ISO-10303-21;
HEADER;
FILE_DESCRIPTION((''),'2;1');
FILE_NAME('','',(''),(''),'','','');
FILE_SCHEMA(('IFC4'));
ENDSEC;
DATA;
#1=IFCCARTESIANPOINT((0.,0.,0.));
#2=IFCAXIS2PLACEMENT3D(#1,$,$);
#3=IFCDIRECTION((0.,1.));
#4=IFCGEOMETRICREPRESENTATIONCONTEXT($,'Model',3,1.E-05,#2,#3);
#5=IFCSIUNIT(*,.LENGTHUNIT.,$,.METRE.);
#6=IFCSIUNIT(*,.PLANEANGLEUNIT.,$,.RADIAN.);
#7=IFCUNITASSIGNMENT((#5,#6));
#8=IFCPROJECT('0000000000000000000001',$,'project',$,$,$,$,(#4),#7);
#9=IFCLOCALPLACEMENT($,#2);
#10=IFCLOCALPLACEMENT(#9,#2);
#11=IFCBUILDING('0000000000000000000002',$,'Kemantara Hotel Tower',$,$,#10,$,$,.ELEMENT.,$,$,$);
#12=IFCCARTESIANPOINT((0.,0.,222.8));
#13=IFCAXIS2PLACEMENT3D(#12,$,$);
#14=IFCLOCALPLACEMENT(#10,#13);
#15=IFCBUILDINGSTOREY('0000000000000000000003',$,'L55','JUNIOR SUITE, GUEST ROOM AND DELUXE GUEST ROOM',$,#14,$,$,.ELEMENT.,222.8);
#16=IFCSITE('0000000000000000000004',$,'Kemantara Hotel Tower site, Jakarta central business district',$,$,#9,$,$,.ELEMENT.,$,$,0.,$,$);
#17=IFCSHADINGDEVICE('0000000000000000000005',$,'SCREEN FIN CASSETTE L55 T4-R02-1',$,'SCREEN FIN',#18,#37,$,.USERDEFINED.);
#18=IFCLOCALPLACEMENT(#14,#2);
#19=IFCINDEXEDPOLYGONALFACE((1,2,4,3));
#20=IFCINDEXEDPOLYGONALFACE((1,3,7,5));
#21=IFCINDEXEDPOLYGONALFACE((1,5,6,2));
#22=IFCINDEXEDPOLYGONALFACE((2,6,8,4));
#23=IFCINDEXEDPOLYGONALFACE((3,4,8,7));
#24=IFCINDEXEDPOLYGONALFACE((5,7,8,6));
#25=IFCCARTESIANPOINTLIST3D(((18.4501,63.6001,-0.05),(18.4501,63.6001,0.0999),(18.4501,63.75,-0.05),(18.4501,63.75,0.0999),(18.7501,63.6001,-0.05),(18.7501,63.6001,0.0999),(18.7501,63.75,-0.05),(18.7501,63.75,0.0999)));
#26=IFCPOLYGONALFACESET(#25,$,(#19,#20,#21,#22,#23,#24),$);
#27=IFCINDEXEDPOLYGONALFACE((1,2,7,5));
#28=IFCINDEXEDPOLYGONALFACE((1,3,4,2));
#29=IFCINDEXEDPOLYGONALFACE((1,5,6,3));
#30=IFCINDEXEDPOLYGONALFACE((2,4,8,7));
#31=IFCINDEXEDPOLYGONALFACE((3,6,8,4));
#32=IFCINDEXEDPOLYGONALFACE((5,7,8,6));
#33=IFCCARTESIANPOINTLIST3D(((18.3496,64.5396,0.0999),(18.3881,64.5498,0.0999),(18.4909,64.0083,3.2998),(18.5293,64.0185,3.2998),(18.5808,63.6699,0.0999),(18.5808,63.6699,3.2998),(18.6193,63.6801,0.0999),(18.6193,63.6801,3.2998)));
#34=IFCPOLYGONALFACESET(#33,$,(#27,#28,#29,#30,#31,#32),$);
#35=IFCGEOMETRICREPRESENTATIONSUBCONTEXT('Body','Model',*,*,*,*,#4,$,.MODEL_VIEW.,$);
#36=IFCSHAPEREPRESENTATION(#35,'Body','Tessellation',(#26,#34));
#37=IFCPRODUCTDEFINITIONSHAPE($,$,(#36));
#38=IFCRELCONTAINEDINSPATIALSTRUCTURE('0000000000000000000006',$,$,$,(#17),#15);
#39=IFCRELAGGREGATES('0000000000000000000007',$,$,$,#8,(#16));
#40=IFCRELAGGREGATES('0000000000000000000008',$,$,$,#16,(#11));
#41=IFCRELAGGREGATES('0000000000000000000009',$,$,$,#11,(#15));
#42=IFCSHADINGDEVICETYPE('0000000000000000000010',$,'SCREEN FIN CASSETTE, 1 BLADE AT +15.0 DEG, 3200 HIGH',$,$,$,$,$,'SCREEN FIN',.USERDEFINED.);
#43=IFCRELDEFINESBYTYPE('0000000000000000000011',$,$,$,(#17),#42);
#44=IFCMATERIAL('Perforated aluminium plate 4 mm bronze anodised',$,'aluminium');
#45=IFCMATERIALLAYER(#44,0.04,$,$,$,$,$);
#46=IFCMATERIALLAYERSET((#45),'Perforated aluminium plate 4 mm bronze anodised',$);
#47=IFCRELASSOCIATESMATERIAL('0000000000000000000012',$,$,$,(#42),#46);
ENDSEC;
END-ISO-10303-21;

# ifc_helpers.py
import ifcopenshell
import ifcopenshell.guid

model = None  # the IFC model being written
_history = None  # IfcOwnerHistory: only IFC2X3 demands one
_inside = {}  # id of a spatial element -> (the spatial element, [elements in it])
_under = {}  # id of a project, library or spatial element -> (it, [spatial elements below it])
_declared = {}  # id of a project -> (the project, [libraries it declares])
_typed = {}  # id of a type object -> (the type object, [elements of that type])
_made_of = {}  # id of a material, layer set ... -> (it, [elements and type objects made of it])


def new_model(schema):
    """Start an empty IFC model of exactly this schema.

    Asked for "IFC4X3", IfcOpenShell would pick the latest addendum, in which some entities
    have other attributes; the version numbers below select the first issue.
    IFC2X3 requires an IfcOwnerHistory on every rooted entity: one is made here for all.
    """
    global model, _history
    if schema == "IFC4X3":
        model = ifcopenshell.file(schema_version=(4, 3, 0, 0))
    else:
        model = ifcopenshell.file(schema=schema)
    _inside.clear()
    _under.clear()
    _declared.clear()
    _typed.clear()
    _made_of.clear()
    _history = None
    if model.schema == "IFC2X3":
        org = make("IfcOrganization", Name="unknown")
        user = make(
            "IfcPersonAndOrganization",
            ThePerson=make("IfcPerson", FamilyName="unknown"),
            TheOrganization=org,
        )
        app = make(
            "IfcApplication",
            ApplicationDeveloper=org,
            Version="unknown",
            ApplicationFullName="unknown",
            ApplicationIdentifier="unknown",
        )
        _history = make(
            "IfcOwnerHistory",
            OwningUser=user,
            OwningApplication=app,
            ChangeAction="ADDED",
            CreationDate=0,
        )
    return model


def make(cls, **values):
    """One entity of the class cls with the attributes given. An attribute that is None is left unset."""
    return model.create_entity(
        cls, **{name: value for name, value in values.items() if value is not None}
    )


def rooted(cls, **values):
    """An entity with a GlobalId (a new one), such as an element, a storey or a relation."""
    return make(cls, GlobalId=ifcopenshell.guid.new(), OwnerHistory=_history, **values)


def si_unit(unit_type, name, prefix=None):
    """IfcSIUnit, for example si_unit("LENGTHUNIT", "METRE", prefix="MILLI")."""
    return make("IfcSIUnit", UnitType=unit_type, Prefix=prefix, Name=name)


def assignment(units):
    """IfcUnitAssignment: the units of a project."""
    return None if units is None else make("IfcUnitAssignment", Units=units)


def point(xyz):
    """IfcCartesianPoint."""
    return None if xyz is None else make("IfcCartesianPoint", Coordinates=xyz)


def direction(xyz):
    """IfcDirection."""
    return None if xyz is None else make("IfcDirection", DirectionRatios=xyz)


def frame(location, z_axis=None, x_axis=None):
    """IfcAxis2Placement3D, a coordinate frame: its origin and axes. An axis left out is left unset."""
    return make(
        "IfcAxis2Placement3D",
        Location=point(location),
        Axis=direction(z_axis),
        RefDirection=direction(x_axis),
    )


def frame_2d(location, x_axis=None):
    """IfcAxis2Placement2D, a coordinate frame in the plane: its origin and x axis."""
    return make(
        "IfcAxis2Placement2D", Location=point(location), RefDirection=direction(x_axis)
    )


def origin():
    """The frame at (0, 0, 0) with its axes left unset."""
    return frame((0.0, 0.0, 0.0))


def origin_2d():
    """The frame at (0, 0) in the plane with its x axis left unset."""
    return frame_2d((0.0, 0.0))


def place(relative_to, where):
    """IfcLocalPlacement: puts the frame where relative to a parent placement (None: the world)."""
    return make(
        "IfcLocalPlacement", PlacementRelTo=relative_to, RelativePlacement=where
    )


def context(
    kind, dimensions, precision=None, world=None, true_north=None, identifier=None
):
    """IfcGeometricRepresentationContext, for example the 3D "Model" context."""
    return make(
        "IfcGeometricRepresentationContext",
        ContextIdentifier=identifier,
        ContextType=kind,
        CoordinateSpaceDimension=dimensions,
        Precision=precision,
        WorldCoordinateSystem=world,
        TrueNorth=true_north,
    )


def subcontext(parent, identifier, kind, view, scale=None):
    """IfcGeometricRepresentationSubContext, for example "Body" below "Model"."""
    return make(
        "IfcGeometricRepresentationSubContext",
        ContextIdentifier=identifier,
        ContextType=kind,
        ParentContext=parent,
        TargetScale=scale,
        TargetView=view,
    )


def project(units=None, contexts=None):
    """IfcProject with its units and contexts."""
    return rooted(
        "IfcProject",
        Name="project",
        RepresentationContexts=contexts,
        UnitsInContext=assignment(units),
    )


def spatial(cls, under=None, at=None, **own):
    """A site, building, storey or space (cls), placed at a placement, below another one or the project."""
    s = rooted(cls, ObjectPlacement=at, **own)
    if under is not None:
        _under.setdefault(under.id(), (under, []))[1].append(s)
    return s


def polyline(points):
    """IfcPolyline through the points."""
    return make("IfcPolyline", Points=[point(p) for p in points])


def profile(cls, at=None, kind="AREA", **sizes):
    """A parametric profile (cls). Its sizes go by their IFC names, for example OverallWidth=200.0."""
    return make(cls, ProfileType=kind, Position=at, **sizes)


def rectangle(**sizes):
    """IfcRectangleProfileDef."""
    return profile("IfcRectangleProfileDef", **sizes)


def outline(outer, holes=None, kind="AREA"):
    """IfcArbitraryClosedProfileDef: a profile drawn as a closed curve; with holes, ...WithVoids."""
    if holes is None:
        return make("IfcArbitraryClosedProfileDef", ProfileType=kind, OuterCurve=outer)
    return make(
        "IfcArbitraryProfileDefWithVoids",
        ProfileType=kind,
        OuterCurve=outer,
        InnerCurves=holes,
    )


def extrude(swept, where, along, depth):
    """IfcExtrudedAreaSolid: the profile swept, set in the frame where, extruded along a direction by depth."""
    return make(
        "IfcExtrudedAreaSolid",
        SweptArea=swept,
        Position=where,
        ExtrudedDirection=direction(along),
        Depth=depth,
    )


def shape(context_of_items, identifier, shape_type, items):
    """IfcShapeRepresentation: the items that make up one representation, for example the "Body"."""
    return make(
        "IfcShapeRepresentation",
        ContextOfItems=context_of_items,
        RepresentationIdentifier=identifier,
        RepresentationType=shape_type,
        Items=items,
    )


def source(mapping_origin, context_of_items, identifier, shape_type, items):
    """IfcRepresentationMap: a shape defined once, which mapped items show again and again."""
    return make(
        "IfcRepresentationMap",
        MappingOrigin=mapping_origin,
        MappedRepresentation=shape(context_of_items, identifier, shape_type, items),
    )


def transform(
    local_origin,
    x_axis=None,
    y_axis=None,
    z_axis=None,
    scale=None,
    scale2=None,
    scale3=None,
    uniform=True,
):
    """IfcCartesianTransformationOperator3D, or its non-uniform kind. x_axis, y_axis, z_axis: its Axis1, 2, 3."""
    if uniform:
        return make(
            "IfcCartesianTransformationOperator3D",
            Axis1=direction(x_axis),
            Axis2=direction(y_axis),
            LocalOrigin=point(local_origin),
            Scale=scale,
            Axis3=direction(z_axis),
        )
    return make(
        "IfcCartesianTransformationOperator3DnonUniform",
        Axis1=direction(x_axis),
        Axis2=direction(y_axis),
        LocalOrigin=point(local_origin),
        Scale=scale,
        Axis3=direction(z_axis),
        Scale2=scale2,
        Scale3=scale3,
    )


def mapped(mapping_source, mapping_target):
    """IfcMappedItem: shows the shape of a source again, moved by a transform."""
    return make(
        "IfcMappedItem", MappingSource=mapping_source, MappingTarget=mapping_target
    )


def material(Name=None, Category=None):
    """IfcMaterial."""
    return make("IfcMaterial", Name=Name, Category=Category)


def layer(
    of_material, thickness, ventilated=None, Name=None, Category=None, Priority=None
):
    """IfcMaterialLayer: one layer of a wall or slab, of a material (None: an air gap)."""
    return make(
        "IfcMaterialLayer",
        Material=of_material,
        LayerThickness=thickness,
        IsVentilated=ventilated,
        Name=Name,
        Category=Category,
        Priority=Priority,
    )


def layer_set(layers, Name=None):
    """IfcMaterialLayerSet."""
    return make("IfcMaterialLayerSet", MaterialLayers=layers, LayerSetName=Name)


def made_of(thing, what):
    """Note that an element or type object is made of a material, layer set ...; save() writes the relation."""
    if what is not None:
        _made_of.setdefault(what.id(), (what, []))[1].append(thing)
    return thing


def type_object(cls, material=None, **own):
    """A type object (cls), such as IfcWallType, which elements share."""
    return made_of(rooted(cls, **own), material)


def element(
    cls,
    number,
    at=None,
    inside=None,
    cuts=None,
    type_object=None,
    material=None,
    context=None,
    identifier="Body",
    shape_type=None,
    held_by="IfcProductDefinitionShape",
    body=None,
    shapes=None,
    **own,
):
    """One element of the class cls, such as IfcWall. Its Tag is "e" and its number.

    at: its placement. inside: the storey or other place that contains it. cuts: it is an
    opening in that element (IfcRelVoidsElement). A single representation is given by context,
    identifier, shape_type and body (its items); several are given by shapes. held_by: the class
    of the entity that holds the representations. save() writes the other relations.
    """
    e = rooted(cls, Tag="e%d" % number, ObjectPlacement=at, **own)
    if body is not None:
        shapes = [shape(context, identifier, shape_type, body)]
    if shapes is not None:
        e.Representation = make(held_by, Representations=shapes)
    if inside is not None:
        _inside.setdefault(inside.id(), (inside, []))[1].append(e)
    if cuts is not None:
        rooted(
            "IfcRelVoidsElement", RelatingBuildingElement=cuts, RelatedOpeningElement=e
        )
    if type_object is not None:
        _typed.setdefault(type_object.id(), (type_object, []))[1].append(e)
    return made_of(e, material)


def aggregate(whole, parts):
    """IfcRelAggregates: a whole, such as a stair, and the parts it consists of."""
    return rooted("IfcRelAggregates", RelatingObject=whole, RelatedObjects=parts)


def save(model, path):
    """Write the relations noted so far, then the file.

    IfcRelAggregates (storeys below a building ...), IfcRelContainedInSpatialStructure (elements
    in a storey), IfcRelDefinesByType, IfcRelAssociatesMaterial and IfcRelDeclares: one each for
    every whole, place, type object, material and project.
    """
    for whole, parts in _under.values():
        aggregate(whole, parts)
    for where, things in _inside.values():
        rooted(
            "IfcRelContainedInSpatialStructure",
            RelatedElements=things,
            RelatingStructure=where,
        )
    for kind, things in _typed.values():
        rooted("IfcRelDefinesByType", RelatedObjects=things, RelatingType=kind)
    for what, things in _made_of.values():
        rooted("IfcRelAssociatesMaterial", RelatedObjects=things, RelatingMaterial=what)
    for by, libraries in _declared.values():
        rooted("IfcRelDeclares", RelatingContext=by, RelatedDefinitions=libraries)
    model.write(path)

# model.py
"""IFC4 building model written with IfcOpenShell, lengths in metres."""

from ifc_helpers import new_model, si_unit, direction, frame, origin, origin_2d, place, context, subcontext, project, spatial, polyline, rectangle, outline, extrude, source, transform, mapped, material, layer, layer_set, type_object, element, save


model = new_model("IFC4")

# Units and contexts
model_context = context("Model", 3, precision=1e-05, world=origin(), true_north=direction((0.0, 1.0)))
body_context = subcontext(model_context, "Body", "Model", "MODEL_VIEW")
ifc_project = project(units=[si_unit("LENGTHUNIT", "METRE"), si_unit("PLANEANGLEUNIT", "RADIAN")], contexts=[model_context])

# Site, building, storey
site_placement = place(None, origin())
site = spatial("IfcSite", under=ifc_project, at=site_placement, Name="Kemantara Hotel Tower site, Jakarta central business district", CompositionType="ELEMENT", RefElevation=0.0)
building_placement = place(site_placement, origin())
building = spatial("IfcBuilding", under=site, at=building_placement, Name="Kemantara Hotel Tower", CompositionType="ELEMENT")
storey_placement = place(building_placement, frame((0.0, 0.0, 222.8)))
storey = spatial("IfcBuildingStorey", under=building, at=storey_placement, Name="L55", Description="JUNIOR SUITE, GUEST ROOM AND DELUXE GUEST ROOM", CompositionType="ELEMENT", Elevation=222.8)

# Shading device
ifc_material_1 = material(Name="Perforated aluminium plate 4 mm bronze anodised", Category="aluminium")
ifc_layer_1 = layer(ifc_material_1, 0.04)
ifc_layer_set_1 = layer_set([ifc_layer_1], Name="Perforated aluminium plate 4 mm bronze anodised")
shading_device_type_1 = type_object("IfcShadingDeviceType", Name="SCREEN FIN CASSETTE, 1 BLADE AT +15.0 DEG, 3200 HIGH", ElementType="SCREEN FIN", PredefinedType="USERDEFINED", material=ifc_layer_set_1)
shared_shape_1 = source(origin(), body_context, "Body", "SweptSolid", [
    extrude(rectangle(XDim=0.3, YDim=0.1499, at=origin_2d()), frame((0.0, -0.075, -0.1499), z_axis=(0.0, 0.0, 1.0), x_axis=(1.0, 0.0, 0.0)), (0.0, 0.0, 1.0), 0.1499),
    extrude(outline(polyline([(0.0, 0.0), (0.8999, 0.0), (0.3501, 3.2), (0.0, 3.2), (0.0, 0.0)])), frame((0.0193, -0.0698, 0.0), z_axis=(-0.966438, -0.256901, 0.0), x_axis=(0.256901, -0.966438, 0.0)), (0.0, 0.0, 1.0), 0.0398),
])
shading_device_1_placement = place(storey_placement, frame((18.6001, 63.6001, 0.0999), z_axis=(0.0, 0.0, 1.0), x_axis=(-1.0, 0.0, 0.0)))
element("IfcShadingDevice", 1, at=shading_device_1_placement, inside=storey, type_object=shading_device_type_1, Name="SCREEN FIN CASSETTE L55 T4-R02-1", ObjectType="SCREEN FIN", PredefinedType="USERDEFINED", context=body_context, shape_type="MappedRepresentation", body=[
    mapped(shared_shape_1, transform((0.0, 0.0, 0.0))),
])

save(model, "model.ifc")
